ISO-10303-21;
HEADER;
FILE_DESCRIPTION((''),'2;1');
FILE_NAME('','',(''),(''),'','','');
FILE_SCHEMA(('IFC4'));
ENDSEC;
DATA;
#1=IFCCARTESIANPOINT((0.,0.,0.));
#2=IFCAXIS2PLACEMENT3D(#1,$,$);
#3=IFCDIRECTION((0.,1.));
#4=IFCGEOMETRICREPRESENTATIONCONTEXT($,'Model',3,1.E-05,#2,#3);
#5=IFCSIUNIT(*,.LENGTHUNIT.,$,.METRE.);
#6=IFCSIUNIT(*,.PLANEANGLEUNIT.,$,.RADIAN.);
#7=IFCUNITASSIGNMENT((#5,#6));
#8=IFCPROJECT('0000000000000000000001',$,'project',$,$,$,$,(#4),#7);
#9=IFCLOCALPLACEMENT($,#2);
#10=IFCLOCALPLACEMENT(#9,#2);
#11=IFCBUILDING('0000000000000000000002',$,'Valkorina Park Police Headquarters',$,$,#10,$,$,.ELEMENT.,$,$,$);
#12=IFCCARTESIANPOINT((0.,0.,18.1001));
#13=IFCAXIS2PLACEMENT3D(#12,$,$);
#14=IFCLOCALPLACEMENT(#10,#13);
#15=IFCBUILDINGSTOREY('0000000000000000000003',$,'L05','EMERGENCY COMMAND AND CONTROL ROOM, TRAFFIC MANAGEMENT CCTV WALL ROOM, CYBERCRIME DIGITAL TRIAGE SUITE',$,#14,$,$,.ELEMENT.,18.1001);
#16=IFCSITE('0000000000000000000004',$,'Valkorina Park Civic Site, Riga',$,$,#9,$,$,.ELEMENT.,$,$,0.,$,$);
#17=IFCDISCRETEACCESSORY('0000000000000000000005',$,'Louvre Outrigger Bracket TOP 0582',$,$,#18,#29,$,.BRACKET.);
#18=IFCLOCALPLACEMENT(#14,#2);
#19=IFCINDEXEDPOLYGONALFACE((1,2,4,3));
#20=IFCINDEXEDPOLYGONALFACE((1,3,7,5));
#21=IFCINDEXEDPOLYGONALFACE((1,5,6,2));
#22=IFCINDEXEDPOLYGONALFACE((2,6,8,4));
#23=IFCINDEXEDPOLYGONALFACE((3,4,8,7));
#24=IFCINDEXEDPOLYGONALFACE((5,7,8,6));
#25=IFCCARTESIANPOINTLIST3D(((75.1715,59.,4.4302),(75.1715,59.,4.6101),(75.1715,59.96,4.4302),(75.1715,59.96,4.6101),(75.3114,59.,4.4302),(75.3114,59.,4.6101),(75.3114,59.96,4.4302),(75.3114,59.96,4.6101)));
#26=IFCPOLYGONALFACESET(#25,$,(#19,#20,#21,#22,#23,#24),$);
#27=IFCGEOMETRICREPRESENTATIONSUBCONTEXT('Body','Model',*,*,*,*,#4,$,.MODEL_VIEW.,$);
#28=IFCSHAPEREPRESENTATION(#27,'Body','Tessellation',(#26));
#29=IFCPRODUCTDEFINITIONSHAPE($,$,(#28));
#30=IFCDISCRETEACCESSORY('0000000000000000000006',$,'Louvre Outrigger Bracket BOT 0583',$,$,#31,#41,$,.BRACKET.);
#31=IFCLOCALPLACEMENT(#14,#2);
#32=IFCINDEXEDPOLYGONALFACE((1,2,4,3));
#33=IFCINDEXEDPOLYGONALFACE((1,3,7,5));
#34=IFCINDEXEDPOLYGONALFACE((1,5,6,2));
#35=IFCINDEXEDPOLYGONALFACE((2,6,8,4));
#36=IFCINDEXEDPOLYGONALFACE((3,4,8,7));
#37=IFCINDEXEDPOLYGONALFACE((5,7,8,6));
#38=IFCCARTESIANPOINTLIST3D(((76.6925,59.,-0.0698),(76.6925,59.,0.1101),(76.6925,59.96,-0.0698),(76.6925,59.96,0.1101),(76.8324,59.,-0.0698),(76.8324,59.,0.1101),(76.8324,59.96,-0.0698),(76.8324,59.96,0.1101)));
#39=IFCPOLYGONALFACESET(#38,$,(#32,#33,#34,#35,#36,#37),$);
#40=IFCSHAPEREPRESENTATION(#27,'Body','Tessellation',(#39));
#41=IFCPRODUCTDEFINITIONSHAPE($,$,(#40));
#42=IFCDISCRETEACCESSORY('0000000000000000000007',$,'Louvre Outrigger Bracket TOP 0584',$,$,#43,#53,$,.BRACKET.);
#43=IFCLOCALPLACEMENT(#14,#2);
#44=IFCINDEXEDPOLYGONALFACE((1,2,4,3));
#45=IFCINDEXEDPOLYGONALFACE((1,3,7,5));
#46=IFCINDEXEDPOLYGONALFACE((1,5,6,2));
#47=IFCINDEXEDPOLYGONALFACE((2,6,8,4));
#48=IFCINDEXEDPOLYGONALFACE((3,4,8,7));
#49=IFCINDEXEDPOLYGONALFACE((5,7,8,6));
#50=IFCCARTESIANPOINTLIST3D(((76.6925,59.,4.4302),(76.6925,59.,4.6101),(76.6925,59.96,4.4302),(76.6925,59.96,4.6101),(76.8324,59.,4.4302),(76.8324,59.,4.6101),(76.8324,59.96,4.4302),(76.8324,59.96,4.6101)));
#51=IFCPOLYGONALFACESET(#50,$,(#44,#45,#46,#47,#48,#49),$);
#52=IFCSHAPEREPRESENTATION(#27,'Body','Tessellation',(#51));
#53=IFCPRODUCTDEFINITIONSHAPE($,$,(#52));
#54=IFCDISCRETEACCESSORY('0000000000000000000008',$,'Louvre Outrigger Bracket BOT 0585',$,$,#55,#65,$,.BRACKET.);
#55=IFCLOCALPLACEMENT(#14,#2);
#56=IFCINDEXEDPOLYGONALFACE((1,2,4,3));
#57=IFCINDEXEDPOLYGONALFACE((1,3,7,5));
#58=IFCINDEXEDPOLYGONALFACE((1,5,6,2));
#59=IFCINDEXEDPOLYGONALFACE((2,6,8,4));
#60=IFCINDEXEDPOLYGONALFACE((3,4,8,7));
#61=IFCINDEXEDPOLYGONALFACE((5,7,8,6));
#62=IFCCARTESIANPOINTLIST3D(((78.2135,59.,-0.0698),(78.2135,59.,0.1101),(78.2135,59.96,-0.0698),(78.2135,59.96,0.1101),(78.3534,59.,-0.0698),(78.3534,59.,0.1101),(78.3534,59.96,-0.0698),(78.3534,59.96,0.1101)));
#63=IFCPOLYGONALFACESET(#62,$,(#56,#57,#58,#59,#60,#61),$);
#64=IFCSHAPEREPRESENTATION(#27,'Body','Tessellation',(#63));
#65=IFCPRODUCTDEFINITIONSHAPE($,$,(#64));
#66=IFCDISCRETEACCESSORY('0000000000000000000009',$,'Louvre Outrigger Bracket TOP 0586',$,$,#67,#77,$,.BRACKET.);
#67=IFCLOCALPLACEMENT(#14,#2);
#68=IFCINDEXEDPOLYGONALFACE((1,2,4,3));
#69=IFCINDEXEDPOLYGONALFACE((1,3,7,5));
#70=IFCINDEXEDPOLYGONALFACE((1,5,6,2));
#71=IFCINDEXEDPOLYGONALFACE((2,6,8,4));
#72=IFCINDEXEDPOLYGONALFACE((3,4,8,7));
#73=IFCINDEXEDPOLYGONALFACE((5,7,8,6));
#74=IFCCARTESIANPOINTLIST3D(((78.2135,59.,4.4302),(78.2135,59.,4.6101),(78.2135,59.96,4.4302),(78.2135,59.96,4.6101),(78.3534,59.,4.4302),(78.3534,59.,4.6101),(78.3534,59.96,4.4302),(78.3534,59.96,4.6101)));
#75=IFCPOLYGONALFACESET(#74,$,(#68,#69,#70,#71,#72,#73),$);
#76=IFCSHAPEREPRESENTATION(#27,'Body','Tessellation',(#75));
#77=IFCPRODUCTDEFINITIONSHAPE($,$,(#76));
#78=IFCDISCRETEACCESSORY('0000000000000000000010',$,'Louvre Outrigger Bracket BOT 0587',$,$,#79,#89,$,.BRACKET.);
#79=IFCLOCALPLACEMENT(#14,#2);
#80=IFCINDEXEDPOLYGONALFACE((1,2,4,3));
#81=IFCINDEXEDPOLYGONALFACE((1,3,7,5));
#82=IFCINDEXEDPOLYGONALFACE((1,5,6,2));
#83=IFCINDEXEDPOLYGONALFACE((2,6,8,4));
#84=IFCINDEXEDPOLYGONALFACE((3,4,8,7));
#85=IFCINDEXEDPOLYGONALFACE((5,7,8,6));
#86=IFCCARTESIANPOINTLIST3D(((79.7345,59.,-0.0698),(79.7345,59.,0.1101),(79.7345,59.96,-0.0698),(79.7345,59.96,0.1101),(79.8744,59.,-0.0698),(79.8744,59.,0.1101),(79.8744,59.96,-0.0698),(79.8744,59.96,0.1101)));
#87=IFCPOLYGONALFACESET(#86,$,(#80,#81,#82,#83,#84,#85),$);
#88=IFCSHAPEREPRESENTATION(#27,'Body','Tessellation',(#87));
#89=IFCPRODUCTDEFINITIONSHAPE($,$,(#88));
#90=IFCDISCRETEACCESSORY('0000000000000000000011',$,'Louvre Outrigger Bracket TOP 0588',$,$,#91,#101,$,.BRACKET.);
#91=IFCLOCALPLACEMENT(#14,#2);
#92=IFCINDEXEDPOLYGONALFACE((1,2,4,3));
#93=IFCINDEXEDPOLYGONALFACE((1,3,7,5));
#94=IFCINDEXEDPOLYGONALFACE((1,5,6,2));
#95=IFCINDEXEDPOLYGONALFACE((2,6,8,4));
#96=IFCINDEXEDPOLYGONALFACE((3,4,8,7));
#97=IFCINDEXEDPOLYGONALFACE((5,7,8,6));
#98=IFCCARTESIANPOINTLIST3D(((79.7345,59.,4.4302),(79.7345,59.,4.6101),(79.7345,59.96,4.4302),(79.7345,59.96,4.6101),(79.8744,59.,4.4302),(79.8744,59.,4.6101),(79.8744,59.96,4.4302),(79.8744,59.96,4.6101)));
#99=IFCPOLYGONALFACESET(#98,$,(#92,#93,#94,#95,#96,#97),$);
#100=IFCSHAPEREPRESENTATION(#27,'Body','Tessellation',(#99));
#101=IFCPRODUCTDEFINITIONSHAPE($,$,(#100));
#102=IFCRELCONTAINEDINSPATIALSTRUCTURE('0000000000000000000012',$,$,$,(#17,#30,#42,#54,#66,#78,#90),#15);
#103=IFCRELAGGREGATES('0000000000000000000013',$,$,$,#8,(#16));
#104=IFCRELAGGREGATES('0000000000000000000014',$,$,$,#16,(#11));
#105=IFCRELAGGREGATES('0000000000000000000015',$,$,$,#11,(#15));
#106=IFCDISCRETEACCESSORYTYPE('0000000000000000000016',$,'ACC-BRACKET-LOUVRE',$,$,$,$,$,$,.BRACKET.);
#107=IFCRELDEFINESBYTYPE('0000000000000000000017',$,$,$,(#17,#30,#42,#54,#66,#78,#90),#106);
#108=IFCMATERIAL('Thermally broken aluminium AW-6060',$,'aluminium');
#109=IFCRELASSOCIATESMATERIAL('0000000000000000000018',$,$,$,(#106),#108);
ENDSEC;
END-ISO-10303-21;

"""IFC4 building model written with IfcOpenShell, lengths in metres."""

from ifc_helpers import new_model, si_unit, direction, frame, origin, origin_2d, place, context, subcontext, project, spatial, rectangle, extrude, material, type_object, element, save


model = new_model("IFC4")

# Units and contexts
model_context = context("Model", 3, precision=1e-05, world=origin(), true_north=direction((0.0, 1.0)))
body_context = subcontext(model_context, "Body", "Model", "MODEL_VIEW")
ifc_project = project(units=[si_unit("LENGTHUNIT", "METRE"), si_unit("PLANEANGLEUNIT", "RADIAN")], contexts=[model_context])

# Site, building, storey
site_placement = place(None, origin())
site = spatial("IfcSite", under=ifc_project, at=site_placement, Name="Valkorina Park Civic Site, Riga", CompositionType="ELEMENT", RefElevation=0.0)
building_placement = place(site_placement, origin())
building = spatial("IfcBuilding", under=site, at=building_placement, Name="Valkorina Park Police Headquarters", CompositionType="ELEMENT")
storey_placement = place(building_placement, frame((0.0, 0.0, 18.1001)))
storey = spatial("IfcBuildingStorey", under=building, at=storey_placement, Name="L05", Description="EMERGENCY COMMAND AND CONTROL ROOM, TRAFFIC MANAGEMENT CCTV WALL ROOM, CYBERCRIME DIGITAL TRIAGE SUITE", CompositionType="ELEMENT", Elevation=18.1001)

# Shared definitions
ifc_material_1 = material(Name="Thermally broken aluminium AW-6060", Category="aluminium")

# Discrete accessories
discrete_accessory_type = type_object("IfcDiscreteAccessoryType", Name="ACC-BRACKET-LOUVRE", PredefinedType="BRACKET", material=ifc_material_1)
for number, where, z_axis, x_axis, name in (
    (1, (75.2415, 59.48, 4.4302), (0.0, 0.0, 1.0), (0.0, 1.0, 0.0), "Louvre Outrigger Bracket TOP 0582"),
    (2, (76.7625, 59.48, -0.0698), (0.0, 0.0, 1.0), (0.0, 1.0, 0.0), "Louvre Outrigger Bracket BOT 0583"),
    (3, (76.7625, 59.48, 4.4302), (0.0, 0.0, 1.0), (0.0, 1.0, 0.0), "Louvre Outrigger Bracket TOP 0584"),
    (4, (78.2834, 59.48, -0.0698), (0.0, 0.0, 1.0), (0.0, 1.0, 0.0), "Louvre Outrigger Bracket BOT 0585"),
    (5, (78.2834, 59.48, 4.4302), (0.0, 0.0, 1.0), (0.0, 1.0, 0.0), "Louvre Outrigger Bracket TOP 0586"),
    (6, (79.8044, 59.48, -0.0698), (0.0, 0.0, 1.0), (0.0, 1.0, 0.0), "Louvre Outrigger Bracket BOT 0587"),
    (7, (79.8044, 59.48, 4.4302), (0.0, 0.0, 1.0), (0.0, 1.0, 0.0), "Louvre Outrigger Bracket TOP 0588"),
):
    element("IfcDiscreteAccessory", number, at=place(storey_placement, frame(where, z_axis=z_axis, x_axis=x_axis)), inside=storey, type_object=discrete_accessory_type, Name=name, PredefinedType="BRACKET", context=body_context, shape_type="SweptSolid", body=[
        extrude(rectangle(XDim=0.96, YDim=0.1399, at=origin_2d()), origin(), (0.0, 0.0, 1.0), 0.1799),
    ])

save(model, "model.ifc")
